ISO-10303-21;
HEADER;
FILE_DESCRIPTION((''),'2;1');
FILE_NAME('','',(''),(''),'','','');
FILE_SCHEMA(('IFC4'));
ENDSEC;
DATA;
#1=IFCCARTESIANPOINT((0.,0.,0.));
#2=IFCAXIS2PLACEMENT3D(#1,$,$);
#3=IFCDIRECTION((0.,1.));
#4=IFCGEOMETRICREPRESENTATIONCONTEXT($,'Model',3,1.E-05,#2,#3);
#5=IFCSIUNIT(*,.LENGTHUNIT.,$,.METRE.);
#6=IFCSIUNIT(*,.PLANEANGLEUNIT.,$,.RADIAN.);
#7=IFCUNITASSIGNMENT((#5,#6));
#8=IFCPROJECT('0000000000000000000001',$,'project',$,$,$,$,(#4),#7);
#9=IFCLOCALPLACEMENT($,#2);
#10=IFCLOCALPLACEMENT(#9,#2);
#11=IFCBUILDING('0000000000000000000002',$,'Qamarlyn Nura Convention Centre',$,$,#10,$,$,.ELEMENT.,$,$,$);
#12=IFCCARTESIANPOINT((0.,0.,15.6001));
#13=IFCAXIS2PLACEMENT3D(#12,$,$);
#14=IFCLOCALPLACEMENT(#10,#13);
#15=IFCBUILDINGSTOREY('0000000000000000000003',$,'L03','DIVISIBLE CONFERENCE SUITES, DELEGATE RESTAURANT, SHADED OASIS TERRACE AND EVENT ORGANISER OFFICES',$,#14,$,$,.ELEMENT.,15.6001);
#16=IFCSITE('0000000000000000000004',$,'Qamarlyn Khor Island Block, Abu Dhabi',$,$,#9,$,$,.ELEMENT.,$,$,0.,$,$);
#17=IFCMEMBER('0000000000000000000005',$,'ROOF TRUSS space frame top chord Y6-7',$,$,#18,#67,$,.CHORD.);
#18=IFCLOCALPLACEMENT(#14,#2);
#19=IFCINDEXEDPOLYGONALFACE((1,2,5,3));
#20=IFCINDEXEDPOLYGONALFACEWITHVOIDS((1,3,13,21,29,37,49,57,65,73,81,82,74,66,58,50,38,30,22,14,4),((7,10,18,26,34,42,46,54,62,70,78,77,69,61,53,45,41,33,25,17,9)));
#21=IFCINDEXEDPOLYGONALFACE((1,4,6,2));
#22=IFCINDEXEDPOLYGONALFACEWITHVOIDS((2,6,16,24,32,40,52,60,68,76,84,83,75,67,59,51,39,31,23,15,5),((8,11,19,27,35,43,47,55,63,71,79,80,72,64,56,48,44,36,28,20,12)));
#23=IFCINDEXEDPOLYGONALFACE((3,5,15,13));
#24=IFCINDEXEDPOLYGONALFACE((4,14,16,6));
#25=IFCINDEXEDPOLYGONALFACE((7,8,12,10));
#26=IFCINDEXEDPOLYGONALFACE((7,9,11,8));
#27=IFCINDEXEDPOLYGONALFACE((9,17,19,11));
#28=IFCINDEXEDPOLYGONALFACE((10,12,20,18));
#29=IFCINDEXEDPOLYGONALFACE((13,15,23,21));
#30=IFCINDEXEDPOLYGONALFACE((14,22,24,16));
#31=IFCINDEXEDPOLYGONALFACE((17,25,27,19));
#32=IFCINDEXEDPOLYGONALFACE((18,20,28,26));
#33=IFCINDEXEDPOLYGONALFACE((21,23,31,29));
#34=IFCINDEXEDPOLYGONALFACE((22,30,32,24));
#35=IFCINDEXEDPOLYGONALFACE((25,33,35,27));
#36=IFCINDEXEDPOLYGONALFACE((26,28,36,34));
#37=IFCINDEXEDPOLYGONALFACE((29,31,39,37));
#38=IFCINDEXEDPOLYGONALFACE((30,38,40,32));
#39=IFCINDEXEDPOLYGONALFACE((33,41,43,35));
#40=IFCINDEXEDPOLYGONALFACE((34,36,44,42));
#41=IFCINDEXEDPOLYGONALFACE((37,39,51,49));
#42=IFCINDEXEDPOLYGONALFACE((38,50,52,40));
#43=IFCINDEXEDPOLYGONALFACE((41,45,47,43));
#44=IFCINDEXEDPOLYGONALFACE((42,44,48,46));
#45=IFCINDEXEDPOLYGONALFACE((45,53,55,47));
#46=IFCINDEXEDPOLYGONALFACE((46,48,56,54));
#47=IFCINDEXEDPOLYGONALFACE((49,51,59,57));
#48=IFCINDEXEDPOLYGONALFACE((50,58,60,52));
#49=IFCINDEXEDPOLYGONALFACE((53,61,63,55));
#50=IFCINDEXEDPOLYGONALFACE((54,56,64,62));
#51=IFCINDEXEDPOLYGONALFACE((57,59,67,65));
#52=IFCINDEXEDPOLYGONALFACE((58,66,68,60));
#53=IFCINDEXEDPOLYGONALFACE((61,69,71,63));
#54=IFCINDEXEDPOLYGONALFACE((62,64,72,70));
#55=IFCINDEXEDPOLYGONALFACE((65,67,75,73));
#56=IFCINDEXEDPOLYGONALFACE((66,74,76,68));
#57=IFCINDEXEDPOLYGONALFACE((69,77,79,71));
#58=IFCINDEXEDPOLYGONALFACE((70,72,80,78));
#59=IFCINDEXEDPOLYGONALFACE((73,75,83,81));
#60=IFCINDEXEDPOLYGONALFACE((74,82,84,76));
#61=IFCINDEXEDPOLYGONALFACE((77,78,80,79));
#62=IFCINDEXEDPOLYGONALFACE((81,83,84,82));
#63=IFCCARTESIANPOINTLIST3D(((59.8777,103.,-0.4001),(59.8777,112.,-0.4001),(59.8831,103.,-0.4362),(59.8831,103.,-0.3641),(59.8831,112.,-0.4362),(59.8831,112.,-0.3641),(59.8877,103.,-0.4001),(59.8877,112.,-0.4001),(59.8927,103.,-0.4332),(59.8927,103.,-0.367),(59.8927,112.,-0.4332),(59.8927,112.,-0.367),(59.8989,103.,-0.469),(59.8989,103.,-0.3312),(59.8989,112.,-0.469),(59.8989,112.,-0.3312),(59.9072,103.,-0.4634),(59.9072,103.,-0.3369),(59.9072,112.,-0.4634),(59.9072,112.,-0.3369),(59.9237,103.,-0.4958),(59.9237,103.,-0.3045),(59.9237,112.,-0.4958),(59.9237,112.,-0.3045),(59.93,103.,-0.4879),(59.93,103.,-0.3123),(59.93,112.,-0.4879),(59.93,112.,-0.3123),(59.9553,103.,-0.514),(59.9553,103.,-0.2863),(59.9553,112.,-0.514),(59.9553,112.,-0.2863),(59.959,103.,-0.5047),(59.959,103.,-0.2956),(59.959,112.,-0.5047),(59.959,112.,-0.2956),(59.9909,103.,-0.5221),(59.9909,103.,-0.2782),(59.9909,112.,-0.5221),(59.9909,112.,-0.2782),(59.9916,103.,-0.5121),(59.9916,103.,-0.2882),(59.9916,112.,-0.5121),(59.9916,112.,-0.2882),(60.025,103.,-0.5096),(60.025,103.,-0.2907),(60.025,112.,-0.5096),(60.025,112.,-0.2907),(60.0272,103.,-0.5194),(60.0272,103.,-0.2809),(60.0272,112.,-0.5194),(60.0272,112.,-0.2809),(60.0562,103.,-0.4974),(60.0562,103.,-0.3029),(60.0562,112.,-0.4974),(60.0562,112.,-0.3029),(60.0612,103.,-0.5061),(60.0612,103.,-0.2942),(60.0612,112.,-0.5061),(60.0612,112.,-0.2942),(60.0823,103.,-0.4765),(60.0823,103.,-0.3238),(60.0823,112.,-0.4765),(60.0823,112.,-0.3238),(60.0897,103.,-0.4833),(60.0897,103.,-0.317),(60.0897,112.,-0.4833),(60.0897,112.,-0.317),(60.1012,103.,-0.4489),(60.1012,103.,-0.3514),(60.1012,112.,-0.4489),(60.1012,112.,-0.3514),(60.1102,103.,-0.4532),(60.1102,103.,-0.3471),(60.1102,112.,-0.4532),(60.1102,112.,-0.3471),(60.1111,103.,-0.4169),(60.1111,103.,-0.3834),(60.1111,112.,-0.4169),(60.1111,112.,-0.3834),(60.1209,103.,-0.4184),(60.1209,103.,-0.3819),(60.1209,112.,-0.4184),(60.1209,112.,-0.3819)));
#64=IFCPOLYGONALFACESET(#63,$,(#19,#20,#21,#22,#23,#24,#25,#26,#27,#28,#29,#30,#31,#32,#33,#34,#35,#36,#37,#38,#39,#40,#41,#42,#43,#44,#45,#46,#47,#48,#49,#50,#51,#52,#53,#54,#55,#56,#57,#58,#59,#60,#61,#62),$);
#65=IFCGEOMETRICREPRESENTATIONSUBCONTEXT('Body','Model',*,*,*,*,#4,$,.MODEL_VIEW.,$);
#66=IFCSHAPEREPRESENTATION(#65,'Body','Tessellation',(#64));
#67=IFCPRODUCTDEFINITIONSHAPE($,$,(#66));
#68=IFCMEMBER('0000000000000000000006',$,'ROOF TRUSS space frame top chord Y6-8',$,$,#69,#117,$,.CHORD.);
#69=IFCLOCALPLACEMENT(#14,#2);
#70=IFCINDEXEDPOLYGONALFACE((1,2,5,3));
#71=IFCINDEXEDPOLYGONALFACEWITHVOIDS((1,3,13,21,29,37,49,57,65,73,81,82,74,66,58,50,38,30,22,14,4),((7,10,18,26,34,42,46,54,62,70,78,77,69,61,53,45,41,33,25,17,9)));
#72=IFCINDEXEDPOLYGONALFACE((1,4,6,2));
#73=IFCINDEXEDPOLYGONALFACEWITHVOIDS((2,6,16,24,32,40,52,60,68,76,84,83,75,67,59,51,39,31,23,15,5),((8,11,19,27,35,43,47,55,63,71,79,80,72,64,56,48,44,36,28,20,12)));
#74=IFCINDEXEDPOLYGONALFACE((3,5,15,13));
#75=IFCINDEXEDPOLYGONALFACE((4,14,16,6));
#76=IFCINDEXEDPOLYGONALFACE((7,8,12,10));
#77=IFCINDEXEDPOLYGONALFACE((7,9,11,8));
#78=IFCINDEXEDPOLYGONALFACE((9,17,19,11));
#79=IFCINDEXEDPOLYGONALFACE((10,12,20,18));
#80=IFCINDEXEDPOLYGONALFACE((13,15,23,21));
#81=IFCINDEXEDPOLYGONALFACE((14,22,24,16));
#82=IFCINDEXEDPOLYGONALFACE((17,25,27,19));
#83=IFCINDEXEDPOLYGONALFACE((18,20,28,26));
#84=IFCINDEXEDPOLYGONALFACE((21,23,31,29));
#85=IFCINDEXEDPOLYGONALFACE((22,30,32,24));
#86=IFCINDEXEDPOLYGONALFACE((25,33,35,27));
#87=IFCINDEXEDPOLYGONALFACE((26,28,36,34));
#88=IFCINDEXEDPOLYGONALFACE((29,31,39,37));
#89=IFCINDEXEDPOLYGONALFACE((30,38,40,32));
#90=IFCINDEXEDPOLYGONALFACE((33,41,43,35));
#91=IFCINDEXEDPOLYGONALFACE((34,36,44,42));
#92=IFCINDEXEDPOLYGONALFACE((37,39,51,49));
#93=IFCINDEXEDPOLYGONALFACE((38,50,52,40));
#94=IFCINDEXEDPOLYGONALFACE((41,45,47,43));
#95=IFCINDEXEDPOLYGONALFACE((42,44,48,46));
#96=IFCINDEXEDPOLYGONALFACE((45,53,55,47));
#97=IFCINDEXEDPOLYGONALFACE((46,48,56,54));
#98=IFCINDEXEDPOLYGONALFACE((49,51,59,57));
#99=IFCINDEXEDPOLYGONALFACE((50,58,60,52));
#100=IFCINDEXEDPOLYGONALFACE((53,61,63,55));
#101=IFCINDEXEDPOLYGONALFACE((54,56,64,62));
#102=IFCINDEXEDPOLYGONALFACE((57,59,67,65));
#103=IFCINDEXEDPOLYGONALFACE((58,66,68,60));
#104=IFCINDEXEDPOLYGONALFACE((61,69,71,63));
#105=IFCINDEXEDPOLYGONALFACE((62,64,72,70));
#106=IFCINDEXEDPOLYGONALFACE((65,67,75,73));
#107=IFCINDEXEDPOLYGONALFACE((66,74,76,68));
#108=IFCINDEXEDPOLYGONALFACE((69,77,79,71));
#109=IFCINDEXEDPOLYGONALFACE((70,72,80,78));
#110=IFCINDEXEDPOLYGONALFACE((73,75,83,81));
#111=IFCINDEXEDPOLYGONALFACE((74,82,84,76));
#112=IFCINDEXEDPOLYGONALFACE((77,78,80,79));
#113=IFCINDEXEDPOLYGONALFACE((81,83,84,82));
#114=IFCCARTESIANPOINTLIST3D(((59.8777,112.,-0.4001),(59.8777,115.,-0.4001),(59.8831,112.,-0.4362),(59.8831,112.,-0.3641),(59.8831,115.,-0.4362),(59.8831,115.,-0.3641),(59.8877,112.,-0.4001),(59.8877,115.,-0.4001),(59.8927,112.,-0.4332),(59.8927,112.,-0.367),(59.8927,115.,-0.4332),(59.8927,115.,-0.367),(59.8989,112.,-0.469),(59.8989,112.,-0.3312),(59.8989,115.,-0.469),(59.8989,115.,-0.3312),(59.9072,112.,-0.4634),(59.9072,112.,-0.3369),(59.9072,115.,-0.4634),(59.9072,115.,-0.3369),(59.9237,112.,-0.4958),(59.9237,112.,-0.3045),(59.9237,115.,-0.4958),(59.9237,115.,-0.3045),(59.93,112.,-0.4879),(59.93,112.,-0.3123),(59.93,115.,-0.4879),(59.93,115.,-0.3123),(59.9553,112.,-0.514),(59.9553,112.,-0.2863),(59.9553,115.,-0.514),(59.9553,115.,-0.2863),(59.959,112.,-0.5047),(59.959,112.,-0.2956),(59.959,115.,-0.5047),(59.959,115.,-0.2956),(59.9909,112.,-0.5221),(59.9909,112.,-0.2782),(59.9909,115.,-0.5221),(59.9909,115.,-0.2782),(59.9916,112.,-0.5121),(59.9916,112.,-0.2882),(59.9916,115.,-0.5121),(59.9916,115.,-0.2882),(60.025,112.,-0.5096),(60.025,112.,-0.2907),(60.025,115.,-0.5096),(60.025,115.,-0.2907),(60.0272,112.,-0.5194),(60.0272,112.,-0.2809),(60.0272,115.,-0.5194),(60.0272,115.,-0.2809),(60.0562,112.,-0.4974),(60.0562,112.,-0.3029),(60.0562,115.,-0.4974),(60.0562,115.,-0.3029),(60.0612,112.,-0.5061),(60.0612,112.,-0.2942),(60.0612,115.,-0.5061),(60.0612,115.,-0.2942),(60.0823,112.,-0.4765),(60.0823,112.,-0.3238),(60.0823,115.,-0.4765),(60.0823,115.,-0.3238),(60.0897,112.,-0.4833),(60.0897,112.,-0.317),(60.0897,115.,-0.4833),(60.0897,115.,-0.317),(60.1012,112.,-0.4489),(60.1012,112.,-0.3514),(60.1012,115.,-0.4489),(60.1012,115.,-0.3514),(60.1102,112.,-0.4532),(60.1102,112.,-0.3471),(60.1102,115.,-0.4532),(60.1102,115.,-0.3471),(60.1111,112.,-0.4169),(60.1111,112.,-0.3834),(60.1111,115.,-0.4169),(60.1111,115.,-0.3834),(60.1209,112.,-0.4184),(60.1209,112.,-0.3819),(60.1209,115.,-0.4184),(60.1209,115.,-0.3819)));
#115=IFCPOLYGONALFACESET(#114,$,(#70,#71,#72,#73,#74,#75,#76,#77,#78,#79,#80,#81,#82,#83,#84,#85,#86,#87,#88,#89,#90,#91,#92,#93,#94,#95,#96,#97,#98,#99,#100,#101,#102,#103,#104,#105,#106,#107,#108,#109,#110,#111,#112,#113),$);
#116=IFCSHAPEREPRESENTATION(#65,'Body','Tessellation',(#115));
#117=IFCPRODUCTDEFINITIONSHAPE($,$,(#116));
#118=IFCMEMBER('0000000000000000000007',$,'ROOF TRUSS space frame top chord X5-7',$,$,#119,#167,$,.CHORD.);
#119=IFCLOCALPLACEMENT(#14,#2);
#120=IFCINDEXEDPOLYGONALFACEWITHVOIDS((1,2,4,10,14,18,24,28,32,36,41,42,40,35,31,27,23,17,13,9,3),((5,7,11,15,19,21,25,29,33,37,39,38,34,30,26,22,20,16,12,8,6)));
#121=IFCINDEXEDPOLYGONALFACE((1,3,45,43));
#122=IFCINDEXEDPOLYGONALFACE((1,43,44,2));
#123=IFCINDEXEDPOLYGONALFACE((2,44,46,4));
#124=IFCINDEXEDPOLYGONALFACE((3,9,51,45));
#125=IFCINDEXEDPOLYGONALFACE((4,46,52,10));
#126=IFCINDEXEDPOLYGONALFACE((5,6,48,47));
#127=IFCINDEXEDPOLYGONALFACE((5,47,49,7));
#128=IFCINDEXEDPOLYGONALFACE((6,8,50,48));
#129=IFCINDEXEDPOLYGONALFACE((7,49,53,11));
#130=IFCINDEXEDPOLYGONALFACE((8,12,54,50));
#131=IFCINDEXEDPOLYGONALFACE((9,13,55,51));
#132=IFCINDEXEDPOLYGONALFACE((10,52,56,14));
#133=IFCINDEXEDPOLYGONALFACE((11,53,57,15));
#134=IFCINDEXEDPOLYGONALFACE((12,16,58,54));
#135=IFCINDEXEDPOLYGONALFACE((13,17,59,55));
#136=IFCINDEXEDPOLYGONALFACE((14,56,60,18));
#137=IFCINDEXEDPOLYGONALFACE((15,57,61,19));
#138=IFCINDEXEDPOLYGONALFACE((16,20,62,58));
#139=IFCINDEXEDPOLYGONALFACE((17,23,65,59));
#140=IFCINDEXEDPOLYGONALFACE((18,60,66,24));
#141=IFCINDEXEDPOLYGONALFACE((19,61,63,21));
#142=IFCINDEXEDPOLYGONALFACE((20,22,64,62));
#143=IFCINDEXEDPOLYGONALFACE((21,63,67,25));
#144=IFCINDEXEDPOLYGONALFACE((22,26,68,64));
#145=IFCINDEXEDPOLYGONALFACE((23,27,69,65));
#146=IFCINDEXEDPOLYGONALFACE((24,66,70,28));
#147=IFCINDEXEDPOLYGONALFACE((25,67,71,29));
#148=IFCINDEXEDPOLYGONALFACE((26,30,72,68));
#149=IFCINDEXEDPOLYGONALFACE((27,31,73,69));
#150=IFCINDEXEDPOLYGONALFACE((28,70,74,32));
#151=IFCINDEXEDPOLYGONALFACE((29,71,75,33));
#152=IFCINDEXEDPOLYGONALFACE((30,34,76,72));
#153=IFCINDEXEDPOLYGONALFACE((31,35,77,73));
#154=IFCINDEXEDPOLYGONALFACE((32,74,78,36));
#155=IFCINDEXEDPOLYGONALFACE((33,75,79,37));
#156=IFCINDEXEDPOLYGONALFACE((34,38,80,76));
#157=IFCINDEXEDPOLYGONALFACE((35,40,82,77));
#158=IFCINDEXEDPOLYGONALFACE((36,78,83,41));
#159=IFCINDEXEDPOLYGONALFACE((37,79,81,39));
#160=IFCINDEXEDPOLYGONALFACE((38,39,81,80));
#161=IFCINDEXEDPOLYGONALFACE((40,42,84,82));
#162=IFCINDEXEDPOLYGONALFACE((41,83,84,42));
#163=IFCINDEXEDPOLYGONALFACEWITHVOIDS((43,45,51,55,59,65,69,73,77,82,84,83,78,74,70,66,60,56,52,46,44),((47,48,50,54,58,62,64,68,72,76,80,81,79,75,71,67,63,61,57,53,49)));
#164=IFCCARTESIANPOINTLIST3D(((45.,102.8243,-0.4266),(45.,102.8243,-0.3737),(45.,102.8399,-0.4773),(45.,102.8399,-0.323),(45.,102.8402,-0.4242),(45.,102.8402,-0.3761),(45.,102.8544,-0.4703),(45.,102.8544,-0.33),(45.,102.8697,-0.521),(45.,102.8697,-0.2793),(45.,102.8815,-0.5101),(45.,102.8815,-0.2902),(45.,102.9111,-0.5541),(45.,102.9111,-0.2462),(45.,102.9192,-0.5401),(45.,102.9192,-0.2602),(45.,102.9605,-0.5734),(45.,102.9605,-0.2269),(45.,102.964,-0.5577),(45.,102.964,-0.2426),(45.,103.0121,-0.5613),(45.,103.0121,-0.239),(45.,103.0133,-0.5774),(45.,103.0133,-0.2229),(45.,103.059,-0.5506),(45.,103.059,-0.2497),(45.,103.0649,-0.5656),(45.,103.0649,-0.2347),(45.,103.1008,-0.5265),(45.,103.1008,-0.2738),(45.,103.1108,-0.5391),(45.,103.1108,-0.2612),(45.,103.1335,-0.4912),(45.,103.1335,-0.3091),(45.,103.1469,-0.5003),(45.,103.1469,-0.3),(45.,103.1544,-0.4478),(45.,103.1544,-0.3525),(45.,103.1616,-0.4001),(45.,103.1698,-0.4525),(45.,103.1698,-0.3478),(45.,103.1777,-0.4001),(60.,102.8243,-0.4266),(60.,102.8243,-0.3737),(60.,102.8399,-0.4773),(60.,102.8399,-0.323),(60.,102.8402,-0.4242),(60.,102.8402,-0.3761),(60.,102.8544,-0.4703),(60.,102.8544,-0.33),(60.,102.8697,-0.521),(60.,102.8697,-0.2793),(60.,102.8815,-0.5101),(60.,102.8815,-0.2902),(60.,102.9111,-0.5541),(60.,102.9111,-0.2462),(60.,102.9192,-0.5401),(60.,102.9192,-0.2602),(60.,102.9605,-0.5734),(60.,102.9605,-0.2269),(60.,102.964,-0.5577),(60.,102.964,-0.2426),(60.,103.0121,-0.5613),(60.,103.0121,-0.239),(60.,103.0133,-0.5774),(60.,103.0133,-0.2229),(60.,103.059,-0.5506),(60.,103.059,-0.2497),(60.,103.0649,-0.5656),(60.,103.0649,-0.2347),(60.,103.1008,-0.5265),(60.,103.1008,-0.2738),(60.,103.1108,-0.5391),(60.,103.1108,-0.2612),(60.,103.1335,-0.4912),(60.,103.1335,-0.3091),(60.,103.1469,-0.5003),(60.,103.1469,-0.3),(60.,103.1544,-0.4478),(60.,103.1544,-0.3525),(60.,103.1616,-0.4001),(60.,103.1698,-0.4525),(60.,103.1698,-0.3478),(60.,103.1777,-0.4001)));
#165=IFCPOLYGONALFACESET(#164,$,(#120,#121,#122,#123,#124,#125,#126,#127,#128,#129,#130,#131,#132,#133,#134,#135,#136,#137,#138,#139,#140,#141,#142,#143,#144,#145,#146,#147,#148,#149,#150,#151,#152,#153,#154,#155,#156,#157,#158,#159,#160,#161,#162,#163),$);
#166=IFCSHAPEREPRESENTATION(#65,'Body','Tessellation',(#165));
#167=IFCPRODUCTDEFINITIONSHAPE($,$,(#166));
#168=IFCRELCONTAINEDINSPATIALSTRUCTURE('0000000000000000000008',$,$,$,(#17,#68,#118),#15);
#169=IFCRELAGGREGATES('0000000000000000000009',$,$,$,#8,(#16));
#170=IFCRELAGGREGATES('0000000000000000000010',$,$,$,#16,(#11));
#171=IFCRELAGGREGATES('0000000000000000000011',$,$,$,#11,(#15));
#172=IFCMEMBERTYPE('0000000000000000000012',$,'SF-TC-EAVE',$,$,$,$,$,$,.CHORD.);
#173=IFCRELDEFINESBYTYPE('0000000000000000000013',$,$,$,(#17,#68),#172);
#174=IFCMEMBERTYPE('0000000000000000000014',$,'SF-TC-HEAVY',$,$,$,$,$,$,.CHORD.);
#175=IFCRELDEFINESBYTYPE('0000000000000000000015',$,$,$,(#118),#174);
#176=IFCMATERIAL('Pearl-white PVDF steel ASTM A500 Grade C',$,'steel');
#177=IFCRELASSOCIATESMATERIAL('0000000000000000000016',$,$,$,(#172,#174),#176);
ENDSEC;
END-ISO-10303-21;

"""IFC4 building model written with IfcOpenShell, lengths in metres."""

from ifc_helpers import new_model, si_unit, direction, frame, origin, origin_2d, place, context, subcontext, project, spatial, hollow_circle, extrude, material, material_profile, profile_set, type_object, element, save


model = new_model("IFC4")

# Units and contexts
model_context = context("Model", 3, precision=1e-05, world=origin(), true_north=direction((0.0, 1.0)))
body_context = subcontext(model_context, "Body", "Model", "MODEL_VIEW")
ifc_project = project(units=[si_unit("LENGTHUNIT", "METRE"), si_unit("PLANEANGLEUNIT", "RADIAN")], contexts=[model_context])

# Site, building, storey
site_placement = place(None, origin())
site = spatial("IfcSite", under=ifc_project, at=site_placement, Name="Qamarlyn Khor Island Block, Abu Dhabi", CompositionType="ELEMENT", RefElevation=0.0)
building_placement = place(site_placement, origin())
building = spatial("IfcBuilding", under=site, at=building_placement, Name="Qamarlyn Nura Convention Centre", CompositionType="ELEMENT")
storey_placement = place(building_placement, frame((0.0, 0.0, 15.6001)))
storey = spatial("IfcBuildingStorey", under=building, at=storey_placement, Name="L03", Description="DIVISIBLE CONFERENCE SUITES, DELEGATE RESTAURANT, SHADED OASIS TERRACE AND EVENT ORGANISER OFFICES", CompositionType="ELEMENT", Elevation=15.6001)

# Members
ifc_material_1 = material(Name="Pearl-white PVDF steel ASTM A500 Grade C", Category="steel")
ifc_material_profile_1 = material_profile(ifc_material_1, hollow_circle(Radius=0.1223, WallThickness=0.01, at=origin_2d()), Name="CHS244.5X10")
ifc_profile_set_1 = profile_set([ifc_material_profile_1], Name="Pearl-white PVDF steel ASTM A500 Grade C")
member_type_1 = type_object("IfcMemberType", Name="SF-TC-EAVE", PredefinedType="CHORD", material=ifc_profile_set_1)
member_1_placement = place(storey_placement, frame((60.0, 103.0, -0.4001), z_axis=(0.0, 1.0, 0.0), x_axis=(-1.0, 0.0, 0.0)))
element("IfcMember", 1, at=member_1_placement, inside=storey, type_object=member_type_1, Name="ROOF TRUSS space frame top chord Y6-7", PredefinedType="CHORD", context=body_context, shape_type="SweptSolid", body=[
    extrude(hollow_circle(Radius=0.1223, WallThickness=0.01, at=origin_2d()), origin(), (0.0, 0.0, 1.0), 9.0),
])
member_2_placement = place(storey_placement, frame((60.0, 112.0, -0.4001), z_axis=(0.0, 1.0, 0.0), x_axis=(-1.0, 0.0, 0.0)))
element("IfcMember", 2, at=member_2_placement, inside=storey, type_object=member_type_1, Name="ROOF TRUSS space frame top chord Y6-8", PredefinedType="CHORD", context=body_context, shape_type="SweptSolid", body=[
    extrude(hollow_circle(Radius=0.1223, WallThickness=0.01, at=origin_2d()), origin(), (0.0, 0.0, 1.0), 3.0),
])
ifc_material_profile_2 = material_profile(ifc_material_1, hollow_circle(Radius=0.1777, WallThickness=0.0161, at=origin_2d()), Name="CHS355.6X16")
ifc_profile_set_2 = profile_set([ifc_material_profile_2], Name="Pearl-white PVDF steel ASTM A500 Grade C")
member_type_2 = type_object("IfcMemberType", Name="SF-TC-HEAVY", PredefinedType="CHORD", material=ifc_profile_set_2)
for number, where, z_axis, x_axis, name in (
    (3, (45.0, 103.0, -0.4001), (1.0, 0.0, 0.0), (0.0, 1.0, 0.0), "ROOF TRUSS space frame top chord X5-7"),
):
    element("IfcMember", number, at=place(storey_placement, frame(where, z_axis=z_axis, x_axis=x_axis)), inside=storey, type_object=member_type_2, Name=name, PredefinedType="CHORD", context=body_context, shape_type="SweptSolid", body=[
        extrude(hollow_circle(Radius=0.1777, WallThickness=0.0161, at=origin_2d()), origin(), (0.0, 0.0, 1.0), 15.0),
    ])

save(model, "model.ifc")
